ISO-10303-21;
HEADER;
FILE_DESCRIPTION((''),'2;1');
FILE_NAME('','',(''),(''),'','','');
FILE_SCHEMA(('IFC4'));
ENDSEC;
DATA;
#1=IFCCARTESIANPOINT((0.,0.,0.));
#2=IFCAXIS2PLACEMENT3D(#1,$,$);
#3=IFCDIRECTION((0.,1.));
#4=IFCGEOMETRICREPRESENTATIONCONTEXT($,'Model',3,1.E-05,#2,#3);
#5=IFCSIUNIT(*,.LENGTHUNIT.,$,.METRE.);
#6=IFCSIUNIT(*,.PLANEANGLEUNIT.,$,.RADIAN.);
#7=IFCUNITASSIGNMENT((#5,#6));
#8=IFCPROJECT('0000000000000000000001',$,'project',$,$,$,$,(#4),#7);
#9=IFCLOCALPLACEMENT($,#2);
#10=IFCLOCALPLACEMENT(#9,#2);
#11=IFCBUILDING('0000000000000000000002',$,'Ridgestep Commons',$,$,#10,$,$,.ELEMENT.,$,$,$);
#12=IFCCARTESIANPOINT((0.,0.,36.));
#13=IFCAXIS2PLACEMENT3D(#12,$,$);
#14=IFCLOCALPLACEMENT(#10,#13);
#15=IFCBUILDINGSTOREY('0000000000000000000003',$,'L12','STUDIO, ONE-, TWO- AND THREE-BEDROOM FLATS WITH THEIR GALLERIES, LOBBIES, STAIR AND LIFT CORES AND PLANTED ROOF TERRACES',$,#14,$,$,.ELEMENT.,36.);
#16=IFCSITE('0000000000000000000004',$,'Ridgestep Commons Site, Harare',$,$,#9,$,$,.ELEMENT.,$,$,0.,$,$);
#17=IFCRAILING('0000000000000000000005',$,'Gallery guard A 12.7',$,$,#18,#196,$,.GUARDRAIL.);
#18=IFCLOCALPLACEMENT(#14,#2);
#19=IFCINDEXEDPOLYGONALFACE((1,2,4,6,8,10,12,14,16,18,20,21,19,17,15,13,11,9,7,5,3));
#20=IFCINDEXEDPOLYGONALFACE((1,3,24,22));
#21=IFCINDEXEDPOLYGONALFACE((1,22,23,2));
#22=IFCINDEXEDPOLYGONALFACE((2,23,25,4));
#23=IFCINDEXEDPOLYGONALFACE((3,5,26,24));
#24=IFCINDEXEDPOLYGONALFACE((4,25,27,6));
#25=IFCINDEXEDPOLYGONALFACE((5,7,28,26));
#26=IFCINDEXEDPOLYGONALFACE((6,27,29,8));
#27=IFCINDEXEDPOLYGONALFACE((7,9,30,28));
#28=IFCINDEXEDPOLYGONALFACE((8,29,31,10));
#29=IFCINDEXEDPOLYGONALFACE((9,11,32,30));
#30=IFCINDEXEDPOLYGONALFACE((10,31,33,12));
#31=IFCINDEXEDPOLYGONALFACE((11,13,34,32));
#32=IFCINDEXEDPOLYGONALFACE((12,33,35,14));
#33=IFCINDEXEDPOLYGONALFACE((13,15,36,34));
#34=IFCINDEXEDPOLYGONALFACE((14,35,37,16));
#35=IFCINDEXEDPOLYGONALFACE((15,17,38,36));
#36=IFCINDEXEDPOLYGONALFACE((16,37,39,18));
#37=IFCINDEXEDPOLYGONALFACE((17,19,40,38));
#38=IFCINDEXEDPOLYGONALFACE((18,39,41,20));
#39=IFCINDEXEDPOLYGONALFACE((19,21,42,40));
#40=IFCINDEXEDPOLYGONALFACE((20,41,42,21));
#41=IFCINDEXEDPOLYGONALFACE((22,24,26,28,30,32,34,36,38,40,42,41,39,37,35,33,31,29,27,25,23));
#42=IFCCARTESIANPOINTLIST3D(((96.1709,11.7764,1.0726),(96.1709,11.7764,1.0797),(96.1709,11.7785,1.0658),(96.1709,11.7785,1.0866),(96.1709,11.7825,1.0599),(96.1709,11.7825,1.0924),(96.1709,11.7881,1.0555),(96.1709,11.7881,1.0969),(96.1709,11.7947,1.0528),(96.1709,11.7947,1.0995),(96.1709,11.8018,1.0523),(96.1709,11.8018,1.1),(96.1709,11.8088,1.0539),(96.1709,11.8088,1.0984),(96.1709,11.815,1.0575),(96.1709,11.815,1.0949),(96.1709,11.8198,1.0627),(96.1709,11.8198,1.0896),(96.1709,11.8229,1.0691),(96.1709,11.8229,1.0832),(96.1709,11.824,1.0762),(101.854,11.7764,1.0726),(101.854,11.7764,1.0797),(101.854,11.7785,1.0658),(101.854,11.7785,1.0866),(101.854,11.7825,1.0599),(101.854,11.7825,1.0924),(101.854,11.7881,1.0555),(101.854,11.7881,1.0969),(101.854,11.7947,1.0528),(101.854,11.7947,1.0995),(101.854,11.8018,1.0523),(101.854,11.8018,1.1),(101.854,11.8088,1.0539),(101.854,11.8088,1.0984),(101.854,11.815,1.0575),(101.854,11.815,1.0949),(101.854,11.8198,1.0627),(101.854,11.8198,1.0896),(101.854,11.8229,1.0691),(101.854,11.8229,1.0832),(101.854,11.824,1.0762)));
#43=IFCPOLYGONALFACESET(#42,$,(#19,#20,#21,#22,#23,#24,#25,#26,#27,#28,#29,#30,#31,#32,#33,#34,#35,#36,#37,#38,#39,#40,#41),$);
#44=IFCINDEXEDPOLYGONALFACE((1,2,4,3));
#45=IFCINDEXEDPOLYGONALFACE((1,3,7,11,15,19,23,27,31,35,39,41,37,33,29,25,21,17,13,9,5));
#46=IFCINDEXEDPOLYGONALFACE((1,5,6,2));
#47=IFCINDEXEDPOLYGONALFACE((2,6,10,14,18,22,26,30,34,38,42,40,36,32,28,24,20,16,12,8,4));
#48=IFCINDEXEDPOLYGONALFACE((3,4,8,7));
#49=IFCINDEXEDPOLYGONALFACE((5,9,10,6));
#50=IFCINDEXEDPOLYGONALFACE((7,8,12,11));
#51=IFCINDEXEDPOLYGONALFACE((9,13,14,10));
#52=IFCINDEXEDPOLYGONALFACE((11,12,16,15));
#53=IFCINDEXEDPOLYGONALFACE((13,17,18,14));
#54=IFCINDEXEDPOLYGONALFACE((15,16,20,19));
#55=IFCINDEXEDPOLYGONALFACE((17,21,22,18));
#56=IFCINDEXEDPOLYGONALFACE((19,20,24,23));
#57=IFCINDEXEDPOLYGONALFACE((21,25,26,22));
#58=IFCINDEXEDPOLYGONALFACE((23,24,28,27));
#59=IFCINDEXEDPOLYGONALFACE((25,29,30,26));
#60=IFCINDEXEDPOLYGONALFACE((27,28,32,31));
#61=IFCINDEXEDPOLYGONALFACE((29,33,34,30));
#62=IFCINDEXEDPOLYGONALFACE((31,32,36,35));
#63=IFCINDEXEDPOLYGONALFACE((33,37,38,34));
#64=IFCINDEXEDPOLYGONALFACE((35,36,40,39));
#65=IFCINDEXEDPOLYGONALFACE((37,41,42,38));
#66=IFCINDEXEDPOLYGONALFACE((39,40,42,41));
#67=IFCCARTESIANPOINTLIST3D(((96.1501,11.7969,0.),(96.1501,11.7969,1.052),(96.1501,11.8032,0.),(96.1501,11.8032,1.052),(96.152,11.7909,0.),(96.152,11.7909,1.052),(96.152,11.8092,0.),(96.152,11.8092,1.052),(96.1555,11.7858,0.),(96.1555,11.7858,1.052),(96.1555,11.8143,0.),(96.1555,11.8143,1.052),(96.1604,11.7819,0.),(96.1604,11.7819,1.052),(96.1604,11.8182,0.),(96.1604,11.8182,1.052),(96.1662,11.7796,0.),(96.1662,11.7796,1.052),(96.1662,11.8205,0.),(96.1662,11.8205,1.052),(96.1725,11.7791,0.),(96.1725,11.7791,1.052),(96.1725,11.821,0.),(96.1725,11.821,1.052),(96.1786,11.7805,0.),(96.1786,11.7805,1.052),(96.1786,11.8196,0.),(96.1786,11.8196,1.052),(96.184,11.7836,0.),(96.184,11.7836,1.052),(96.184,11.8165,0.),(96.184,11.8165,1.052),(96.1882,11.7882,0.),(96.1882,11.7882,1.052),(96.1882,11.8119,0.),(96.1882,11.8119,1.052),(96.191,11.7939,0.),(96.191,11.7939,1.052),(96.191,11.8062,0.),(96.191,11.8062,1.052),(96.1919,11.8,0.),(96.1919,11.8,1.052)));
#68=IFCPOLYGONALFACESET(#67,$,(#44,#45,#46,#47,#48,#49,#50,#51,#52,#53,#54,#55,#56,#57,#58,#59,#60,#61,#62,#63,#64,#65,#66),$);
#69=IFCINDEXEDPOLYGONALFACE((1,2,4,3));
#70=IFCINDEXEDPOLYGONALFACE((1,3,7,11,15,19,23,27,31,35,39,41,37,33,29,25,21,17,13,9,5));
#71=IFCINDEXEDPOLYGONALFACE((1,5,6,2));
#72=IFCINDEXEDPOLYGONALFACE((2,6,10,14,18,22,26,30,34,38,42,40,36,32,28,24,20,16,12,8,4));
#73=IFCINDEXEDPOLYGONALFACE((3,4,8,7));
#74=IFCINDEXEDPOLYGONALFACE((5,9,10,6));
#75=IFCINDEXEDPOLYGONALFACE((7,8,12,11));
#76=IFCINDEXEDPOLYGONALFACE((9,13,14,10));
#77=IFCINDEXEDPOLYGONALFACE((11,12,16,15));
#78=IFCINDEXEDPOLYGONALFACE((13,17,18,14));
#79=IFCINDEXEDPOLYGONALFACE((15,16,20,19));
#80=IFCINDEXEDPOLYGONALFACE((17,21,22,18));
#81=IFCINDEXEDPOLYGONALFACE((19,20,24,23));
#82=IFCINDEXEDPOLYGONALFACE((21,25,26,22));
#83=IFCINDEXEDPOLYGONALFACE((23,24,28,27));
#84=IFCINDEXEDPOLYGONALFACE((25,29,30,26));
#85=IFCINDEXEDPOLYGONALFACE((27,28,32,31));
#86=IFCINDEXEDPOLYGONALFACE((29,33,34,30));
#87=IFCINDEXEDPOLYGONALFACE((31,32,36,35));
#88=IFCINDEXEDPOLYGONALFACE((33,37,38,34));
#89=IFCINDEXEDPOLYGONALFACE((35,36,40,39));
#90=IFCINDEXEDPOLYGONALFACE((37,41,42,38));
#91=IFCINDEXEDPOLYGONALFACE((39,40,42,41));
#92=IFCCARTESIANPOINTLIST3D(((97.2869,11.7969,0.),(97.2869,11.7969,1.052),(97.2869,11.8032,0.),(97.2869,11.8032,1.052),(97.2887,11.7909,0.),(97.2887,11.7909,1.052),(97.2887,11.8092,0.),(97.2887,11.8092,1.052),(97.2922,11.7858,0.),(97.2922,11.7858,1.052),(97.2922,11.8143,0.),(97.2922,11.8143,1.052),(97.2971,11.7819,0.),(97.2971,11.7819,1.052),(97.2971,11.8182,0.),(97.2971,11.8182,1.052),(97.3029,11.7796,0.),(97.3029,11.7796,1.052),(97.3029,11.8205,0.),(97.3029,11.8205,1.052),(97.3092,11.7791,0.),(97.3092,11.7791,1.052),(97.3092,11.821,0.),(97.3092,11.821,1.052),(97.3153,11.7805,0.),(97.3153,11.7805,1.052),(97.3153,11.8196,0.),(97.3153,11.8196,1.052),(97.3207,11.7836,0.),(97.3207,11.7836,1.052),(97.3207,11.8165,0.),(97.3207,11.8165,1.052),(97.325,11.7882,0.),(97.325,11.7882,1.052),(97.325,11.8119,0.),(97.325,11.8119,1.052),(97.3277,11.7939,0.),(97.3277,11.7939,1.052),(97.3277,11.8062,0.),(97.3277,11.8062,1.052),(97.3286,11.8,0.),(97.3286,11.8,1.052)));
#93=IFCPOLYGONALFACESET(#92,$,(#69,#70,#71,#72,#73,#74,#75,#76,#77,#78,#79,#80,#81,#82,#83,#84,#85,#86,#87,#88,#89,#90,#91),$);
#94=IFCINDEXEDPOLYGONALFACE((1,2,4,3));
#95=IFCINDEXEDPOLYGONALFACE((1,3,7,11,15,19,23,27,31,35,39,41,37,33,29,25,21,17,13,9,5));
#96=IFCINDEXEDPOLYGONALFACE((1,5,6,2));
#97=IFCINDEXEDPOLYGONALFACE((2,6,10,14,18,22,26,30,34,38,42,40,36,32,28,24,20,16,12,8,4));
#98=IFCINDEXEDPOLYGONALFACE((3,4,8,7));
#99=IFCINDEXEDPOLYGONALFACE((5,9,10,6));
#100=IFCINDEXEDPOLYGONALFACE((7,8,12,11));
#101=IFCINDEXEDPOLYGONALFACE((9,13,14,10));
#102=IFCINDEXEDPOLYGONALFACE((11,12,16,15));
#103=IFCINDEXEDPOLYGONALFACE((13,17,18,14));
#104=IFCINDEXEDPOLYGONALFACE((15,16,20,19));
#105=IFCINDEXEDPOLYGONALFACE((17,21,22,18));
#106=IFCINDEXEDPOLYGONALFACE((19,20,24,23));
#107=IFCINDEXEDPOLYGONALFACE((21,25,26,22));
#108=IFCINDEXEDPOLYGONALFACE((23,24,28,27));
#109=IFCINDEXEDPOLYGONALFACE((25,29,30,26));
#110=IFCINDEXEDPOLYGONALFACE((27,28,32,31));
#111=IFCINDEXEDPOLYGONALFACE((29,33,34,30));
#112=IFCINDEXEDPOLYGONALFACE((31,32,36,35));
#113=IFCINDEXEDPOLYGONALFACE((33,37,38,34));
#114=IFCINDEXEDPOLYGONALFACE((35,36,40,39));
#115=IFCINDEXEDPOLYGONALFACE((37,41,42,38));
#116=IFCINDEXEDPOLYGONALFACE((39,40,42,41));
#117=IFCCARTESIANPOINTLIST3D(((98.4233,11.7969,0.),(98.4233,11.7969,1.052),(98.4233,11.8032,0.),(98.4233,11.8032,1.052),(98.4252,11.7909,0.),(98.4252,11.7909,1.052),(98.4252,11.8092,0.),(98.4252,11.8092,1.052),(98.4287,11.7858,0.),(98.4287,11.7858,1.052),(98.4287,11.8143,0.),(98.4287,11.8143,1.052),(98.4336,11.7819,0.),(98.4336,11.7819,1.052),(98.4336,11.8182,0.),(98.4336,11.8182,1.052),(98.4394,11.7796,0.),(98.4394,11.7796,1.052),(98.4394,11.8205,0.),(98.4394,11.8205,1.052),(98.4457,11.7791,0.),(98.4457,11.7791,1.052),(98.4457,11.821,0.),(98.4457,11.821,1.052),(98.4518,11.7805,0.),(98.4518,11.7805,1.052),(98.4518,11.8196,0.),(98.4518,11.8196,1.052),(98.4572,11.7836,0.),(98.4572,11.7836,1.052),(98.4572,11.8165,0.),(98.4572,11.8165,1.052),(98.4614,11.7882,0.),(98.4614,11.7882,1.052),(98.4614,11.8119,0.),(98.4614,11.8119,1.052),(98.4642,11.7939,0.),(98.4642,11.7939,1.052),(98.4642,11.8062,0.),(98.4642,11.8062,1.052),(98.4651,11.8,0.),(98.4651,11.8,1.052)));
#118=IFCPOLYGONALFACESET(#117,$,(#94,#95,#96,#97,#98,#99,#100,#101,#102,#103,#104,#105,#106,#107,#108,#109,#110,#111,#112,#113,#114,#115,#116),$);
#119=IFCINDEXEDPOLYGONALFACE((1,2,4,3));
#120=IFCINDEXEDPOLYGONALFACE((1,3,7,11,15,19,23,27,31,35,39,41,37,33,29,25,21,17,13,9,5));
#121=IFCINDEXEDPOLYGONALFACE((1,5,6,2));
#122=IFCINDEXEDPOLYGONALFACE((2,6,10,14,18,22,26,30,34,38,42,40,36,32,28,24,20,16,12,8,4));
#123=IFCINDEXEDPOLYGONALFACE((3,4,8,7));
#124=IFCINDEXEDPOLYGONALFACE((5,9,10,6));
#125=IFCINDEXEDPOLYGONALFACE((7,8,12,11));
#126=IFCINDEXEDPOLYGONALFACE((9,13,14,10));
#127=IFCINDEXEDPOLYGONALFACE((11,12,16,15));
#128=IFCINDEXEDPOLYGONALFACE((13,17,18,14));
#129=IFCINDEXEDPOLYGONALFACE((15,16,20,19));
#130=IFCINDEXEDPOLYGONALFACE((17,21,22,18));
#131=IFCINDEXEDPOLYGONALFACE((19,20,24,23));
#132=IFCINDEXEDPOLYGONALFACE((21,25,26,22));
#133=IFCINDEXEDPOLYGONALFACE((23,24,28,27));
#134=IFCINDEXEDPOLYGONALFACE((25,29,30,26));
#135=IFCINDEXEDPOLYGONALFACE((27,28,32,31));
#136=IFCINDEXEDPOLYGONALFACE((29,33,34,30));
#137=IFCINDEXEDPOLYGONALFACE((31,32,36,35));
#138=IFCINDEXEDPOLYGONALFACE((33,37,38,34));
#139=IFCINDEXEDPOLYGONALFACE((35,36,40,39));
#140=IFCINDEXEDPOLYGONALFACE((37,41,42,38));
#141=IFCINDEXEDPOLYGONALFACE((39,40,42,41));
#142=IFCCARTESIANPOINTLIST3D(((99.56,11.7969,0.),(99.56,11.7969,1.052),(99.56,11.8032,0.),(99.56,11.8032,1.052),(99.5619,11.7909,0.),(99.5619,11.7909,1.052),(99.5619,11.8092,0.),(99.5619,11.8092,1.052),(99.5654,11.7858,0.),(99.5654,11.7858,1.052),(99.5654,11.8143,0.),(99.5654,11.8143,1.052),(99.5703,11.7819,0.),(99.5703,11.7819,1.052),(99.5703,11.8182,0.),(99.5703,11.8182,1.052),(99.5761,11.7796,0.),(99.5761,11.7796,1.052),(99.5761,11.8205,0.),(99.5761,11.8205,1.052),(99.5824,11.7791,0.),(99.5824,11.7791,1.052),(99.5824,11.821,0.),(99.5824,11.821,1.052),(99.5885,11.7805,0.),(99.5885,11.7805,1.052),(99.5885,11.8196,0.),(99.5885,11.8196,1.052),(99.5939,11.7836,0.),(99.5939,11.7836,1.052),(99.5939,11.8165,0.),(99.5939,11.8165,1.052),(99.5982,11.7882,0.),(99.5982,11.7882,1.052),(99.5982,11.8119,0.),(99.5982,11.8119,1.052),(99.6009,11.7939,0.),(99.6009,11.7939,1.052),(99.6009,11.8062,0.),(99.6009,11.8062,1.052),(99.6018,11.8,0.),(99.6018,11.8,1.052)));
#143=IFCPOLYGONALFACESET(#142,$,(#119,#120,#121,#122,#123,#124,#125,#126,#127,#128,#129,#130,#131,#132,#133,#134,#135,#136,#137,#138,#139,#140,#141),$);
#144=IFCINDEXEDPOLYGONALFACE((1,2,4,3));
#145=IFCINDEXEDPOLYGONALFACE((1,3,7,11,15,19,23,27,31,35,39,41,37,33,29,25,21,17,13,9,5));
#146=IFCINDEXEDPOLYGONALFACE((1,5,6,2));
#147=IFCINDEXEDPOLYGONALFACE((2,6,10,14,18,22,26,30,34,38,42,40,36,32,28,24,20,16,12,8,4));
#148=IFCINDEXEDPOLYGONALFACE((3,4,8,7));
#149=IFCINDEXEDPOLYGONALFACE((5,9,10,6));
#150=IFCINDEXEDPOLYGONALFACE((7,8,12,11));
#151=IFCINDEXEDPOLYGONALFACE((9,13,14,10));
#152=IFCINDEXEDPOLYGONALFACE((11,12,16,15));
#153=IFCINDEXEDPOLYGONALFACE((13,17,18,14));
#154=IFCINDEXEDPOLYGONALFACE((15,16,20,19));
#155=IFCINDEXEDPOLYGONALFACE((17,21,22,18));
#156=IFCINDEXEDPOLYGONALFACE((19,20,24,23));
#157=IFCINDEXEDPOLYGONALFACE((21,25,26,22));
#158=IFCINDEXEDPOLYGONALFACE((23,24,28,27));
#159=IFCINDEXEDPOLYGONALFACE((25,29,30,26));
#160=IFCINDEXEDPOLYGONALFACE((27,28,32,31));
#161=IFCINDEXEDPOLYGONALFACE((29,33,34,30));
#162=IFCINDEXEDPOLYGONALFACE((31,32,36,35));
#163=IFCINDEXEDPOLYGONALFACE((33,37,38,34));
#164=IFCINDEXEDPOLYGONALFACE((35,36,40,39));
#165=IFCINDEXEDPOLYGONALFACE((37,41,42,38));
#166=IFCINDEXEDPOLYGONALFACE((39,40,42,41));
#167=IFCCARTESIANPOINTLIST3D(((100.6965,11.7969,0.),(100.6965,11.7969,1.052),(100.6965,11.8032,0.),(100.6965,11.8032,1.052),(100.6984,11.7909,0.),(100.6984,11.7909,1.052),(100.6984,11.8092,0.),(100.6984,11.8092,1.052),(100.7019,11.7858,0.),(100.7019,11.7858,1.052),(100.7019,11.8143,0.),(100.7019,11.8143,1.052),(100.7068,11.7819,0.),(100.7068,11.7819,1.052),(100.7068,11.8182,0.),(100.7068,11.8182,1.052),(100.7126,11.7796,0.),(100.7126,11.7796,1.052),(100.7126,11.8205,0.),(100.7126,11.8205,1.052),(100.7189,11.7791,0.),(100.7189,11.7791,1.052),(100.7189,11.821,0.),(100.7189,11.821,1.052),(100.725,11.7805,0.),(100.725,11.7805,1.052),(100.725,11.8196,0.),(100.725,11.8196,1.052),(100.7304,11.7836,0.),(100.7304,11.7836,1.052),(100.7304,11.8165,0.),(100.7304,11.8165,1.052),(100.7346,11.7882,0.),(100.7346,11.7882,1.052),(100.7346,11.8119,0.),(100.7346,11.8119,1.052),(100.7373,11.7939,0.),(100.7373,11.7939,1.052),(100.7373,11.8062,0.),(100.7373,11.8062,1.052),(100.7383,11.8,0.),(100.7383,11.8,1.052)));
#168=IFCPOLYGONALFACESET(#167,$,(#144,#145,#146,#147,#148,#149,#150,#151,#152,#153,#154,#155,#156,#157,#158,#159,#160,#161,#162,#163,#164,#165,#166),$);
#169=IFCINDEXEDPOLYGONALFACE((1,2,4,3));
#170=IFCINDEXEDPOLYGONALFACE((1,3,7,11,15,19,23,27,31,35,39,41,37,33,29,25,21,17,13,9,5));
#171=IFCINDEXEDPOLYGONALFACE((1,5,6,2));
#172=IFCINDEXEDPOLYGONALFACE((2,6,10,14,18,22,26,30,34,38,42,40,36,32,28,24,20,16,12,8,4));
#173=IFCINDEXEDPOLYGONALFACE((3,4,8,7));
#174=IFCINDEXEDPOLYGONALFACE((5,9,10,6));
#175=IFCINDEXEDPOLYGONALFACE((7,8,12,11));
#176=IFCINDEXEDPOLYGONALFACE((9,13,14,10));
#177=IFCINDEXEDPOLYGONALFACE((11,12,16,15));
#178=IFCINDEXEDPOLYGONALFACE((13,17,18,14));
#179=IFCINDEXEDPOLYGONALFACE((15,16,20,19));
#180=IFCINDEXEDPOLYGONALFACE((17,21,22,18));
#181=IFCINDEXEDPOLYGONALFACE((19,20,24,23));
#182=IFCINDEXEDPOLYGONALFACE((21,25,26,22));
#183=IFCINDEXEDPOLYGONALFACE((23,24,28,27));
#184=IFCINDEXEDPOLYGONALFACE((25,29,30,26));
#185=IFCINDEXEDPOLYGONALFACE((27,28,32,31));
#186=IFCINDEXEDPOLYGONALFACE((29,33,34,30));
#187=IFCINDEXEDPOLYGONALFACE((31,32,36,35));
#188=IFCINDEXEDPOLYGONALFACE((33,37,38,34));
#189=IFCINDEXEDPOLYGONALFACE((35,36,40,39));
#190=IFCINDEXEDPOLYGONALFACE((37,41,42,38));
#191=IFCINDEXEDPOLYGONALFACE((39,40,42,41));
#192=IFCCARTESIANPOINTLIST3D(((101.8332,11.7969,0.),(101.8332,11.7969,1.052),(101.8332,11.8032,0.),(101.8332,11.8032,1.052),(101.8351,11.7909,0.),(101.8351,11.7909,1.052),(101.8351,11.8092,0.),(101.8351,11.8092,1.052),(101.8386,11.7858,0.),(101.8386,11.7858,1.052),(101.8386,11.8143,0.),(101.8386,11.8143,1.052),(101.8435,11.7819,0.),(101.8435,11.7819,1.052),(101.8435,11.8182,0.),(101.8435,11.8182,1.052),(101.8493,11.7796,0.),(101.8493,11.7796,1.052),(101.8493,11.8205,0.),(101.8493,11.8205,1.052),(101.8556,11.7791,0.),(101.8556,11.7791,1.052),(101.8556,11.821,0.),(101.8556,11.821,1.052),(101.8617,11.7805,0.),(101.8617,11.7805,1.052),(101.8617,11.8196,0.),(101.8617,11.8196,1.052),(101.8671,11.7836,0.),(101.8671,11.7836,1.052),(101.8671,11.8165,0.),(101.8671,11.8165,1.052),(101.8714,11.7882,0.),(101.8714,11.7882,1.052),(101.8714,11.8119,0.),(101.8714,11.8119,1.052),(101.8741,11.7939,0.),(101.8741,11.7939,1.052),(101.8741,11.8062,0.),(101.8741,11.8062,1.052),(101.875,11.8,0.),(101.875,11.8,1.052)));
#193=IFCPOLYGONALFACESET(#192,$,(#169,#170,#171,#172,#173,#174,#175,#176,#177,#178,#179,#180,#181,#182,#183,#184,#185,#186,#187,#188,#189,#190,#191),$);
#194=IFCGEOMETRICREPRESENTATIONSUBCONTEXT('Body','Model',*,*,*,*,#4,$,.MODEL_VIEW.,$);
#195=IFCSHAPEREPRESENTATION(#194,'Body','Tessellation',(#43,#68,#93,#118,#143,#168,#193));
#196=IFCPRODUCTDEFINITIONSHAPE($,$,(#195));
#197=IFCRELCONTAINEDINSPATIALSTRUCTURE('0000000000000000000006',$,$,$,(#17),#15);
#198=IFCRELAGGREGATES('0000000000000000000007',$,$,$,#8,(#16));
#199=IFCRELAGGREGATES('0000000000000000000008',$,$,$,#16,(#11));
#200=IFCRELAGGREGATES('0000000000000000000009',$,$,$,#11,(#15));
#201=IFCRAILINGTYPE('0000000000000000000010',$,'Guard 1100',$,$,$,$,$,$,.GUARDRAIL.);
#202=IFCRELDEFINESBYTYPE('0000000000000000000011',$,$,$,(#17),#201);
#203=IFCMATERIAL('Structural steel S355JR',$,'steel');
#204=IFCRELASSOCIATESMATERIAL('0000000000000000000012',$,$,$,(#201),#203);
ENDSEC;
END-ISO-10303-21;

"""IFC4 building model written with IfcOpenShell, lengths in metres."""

from ifc_helpers import new_model, si_unit, direction, frame, origin, origin_2d, place, context, subcontext, project, spatial, circle, extrude, material, type_object, element, save


model = new_model("IFC4")

# Units and contexts
model_context = context("Model", 3, precision=1e-05, world=origin(), true_north=direction((0.0, 1.0)))
body_context = subcontext(model_context, "Body", "Model", "MODEL_VIEW")
ifc_project = project(units=[si_unit("LENGTHUNIT", "METRE"), si_unit("PLANEANGLEUNIT", "RADIAN")], contexts=[model_context])

# Site, building, storey
site_placement = place(None, origin())
site = spatial("IfcSite", under=ifc_project, at=site_placement, Name="Ridgestep Commons Site, Harare", CompositionType="ELEMENT", RefElevation=0.0)
building_placement = place(site_placement, origin())
building = spatial("IfcBuilding", under=site, at=building_placement, Name="Ridgestep Commons", CompositionType="ELEMENT")
storey_placement = place(building_placement, frame((0.0, 0.0, 36.0)))
storey = spatial("IfcBuildingStorey", under=building, at=storey_placement, Name="L12", Description="STUDIO, ONE-, TWO- AND THREE-BEDROOM FLATS WITH THEIR GALLERIES, LOBBIES, STAIR AND LIFT CORES AND PLANTED ROOF TERRACES", CompositionType="ELEMENT", Elevation=36.0)

# Railing
ifc_material_1 = material(Name="Structural steel S355JR", Category="steel")
railing_type_1 = type_object("IfcRailingType", Name="Guard 1100", PredefinedType="GUARDRAIL", material=ifc_material_1)
railing_1_placement = place(storey_placement, frame((96.1709, 11.8, 0.0)))
element("IfcRailing", 1, at=railing_1_placement, inside=storey, type_object=railing_type_1, Name="Gallery guard A 12.7", PredefinedType="GUARDRAIL", context=body_context, shape_type="SweptSolid", body=[
    extrude(circle(Radius=0.0239, at=origin_2d()), frame((0.0, 0.0, 1.0762), z_axis=(1.0, 0.0, 0.0), x_axis=(0.0, 1.0, 0.0)), (0.0, 0.0, 1.0), 5.6831),
    extrude(circle(Radius=0.021, at=origin_2d()), origin(), (0.0, 0.0, 1.0), 1.052),
    extrude(circle(Radius=0.021, at=origin_2d()), frame((1.1367, 0.0, 0.0)), (0.0, 0.0, 1.0), 1.052),
    extrude(circle(Radius=0.021, at=origin_2d()), frame((2.2732, 0.0, 0.0)), (0.0, 0.0, 1.0), 1.052),
    extrude(circle(Radius=0.021, at=origin_2d()), frame((3.4099, 0.0, 0.0)), (0.0, 0.0, 1.0), 1.052),
    extrude(circle(Radius=0.021, at=origin_2d()), frame((4.5464, 0.0, 0.0)), (0.0, 0.0, 1.0), 1.052),
    extrude(circle(Radius=0.021, at=origin_2d()), frame((5.6831, 0.0, 0.0)), (0.0, 0.0, 1.0), 1.052),
])

save(model, "model.ifc")
